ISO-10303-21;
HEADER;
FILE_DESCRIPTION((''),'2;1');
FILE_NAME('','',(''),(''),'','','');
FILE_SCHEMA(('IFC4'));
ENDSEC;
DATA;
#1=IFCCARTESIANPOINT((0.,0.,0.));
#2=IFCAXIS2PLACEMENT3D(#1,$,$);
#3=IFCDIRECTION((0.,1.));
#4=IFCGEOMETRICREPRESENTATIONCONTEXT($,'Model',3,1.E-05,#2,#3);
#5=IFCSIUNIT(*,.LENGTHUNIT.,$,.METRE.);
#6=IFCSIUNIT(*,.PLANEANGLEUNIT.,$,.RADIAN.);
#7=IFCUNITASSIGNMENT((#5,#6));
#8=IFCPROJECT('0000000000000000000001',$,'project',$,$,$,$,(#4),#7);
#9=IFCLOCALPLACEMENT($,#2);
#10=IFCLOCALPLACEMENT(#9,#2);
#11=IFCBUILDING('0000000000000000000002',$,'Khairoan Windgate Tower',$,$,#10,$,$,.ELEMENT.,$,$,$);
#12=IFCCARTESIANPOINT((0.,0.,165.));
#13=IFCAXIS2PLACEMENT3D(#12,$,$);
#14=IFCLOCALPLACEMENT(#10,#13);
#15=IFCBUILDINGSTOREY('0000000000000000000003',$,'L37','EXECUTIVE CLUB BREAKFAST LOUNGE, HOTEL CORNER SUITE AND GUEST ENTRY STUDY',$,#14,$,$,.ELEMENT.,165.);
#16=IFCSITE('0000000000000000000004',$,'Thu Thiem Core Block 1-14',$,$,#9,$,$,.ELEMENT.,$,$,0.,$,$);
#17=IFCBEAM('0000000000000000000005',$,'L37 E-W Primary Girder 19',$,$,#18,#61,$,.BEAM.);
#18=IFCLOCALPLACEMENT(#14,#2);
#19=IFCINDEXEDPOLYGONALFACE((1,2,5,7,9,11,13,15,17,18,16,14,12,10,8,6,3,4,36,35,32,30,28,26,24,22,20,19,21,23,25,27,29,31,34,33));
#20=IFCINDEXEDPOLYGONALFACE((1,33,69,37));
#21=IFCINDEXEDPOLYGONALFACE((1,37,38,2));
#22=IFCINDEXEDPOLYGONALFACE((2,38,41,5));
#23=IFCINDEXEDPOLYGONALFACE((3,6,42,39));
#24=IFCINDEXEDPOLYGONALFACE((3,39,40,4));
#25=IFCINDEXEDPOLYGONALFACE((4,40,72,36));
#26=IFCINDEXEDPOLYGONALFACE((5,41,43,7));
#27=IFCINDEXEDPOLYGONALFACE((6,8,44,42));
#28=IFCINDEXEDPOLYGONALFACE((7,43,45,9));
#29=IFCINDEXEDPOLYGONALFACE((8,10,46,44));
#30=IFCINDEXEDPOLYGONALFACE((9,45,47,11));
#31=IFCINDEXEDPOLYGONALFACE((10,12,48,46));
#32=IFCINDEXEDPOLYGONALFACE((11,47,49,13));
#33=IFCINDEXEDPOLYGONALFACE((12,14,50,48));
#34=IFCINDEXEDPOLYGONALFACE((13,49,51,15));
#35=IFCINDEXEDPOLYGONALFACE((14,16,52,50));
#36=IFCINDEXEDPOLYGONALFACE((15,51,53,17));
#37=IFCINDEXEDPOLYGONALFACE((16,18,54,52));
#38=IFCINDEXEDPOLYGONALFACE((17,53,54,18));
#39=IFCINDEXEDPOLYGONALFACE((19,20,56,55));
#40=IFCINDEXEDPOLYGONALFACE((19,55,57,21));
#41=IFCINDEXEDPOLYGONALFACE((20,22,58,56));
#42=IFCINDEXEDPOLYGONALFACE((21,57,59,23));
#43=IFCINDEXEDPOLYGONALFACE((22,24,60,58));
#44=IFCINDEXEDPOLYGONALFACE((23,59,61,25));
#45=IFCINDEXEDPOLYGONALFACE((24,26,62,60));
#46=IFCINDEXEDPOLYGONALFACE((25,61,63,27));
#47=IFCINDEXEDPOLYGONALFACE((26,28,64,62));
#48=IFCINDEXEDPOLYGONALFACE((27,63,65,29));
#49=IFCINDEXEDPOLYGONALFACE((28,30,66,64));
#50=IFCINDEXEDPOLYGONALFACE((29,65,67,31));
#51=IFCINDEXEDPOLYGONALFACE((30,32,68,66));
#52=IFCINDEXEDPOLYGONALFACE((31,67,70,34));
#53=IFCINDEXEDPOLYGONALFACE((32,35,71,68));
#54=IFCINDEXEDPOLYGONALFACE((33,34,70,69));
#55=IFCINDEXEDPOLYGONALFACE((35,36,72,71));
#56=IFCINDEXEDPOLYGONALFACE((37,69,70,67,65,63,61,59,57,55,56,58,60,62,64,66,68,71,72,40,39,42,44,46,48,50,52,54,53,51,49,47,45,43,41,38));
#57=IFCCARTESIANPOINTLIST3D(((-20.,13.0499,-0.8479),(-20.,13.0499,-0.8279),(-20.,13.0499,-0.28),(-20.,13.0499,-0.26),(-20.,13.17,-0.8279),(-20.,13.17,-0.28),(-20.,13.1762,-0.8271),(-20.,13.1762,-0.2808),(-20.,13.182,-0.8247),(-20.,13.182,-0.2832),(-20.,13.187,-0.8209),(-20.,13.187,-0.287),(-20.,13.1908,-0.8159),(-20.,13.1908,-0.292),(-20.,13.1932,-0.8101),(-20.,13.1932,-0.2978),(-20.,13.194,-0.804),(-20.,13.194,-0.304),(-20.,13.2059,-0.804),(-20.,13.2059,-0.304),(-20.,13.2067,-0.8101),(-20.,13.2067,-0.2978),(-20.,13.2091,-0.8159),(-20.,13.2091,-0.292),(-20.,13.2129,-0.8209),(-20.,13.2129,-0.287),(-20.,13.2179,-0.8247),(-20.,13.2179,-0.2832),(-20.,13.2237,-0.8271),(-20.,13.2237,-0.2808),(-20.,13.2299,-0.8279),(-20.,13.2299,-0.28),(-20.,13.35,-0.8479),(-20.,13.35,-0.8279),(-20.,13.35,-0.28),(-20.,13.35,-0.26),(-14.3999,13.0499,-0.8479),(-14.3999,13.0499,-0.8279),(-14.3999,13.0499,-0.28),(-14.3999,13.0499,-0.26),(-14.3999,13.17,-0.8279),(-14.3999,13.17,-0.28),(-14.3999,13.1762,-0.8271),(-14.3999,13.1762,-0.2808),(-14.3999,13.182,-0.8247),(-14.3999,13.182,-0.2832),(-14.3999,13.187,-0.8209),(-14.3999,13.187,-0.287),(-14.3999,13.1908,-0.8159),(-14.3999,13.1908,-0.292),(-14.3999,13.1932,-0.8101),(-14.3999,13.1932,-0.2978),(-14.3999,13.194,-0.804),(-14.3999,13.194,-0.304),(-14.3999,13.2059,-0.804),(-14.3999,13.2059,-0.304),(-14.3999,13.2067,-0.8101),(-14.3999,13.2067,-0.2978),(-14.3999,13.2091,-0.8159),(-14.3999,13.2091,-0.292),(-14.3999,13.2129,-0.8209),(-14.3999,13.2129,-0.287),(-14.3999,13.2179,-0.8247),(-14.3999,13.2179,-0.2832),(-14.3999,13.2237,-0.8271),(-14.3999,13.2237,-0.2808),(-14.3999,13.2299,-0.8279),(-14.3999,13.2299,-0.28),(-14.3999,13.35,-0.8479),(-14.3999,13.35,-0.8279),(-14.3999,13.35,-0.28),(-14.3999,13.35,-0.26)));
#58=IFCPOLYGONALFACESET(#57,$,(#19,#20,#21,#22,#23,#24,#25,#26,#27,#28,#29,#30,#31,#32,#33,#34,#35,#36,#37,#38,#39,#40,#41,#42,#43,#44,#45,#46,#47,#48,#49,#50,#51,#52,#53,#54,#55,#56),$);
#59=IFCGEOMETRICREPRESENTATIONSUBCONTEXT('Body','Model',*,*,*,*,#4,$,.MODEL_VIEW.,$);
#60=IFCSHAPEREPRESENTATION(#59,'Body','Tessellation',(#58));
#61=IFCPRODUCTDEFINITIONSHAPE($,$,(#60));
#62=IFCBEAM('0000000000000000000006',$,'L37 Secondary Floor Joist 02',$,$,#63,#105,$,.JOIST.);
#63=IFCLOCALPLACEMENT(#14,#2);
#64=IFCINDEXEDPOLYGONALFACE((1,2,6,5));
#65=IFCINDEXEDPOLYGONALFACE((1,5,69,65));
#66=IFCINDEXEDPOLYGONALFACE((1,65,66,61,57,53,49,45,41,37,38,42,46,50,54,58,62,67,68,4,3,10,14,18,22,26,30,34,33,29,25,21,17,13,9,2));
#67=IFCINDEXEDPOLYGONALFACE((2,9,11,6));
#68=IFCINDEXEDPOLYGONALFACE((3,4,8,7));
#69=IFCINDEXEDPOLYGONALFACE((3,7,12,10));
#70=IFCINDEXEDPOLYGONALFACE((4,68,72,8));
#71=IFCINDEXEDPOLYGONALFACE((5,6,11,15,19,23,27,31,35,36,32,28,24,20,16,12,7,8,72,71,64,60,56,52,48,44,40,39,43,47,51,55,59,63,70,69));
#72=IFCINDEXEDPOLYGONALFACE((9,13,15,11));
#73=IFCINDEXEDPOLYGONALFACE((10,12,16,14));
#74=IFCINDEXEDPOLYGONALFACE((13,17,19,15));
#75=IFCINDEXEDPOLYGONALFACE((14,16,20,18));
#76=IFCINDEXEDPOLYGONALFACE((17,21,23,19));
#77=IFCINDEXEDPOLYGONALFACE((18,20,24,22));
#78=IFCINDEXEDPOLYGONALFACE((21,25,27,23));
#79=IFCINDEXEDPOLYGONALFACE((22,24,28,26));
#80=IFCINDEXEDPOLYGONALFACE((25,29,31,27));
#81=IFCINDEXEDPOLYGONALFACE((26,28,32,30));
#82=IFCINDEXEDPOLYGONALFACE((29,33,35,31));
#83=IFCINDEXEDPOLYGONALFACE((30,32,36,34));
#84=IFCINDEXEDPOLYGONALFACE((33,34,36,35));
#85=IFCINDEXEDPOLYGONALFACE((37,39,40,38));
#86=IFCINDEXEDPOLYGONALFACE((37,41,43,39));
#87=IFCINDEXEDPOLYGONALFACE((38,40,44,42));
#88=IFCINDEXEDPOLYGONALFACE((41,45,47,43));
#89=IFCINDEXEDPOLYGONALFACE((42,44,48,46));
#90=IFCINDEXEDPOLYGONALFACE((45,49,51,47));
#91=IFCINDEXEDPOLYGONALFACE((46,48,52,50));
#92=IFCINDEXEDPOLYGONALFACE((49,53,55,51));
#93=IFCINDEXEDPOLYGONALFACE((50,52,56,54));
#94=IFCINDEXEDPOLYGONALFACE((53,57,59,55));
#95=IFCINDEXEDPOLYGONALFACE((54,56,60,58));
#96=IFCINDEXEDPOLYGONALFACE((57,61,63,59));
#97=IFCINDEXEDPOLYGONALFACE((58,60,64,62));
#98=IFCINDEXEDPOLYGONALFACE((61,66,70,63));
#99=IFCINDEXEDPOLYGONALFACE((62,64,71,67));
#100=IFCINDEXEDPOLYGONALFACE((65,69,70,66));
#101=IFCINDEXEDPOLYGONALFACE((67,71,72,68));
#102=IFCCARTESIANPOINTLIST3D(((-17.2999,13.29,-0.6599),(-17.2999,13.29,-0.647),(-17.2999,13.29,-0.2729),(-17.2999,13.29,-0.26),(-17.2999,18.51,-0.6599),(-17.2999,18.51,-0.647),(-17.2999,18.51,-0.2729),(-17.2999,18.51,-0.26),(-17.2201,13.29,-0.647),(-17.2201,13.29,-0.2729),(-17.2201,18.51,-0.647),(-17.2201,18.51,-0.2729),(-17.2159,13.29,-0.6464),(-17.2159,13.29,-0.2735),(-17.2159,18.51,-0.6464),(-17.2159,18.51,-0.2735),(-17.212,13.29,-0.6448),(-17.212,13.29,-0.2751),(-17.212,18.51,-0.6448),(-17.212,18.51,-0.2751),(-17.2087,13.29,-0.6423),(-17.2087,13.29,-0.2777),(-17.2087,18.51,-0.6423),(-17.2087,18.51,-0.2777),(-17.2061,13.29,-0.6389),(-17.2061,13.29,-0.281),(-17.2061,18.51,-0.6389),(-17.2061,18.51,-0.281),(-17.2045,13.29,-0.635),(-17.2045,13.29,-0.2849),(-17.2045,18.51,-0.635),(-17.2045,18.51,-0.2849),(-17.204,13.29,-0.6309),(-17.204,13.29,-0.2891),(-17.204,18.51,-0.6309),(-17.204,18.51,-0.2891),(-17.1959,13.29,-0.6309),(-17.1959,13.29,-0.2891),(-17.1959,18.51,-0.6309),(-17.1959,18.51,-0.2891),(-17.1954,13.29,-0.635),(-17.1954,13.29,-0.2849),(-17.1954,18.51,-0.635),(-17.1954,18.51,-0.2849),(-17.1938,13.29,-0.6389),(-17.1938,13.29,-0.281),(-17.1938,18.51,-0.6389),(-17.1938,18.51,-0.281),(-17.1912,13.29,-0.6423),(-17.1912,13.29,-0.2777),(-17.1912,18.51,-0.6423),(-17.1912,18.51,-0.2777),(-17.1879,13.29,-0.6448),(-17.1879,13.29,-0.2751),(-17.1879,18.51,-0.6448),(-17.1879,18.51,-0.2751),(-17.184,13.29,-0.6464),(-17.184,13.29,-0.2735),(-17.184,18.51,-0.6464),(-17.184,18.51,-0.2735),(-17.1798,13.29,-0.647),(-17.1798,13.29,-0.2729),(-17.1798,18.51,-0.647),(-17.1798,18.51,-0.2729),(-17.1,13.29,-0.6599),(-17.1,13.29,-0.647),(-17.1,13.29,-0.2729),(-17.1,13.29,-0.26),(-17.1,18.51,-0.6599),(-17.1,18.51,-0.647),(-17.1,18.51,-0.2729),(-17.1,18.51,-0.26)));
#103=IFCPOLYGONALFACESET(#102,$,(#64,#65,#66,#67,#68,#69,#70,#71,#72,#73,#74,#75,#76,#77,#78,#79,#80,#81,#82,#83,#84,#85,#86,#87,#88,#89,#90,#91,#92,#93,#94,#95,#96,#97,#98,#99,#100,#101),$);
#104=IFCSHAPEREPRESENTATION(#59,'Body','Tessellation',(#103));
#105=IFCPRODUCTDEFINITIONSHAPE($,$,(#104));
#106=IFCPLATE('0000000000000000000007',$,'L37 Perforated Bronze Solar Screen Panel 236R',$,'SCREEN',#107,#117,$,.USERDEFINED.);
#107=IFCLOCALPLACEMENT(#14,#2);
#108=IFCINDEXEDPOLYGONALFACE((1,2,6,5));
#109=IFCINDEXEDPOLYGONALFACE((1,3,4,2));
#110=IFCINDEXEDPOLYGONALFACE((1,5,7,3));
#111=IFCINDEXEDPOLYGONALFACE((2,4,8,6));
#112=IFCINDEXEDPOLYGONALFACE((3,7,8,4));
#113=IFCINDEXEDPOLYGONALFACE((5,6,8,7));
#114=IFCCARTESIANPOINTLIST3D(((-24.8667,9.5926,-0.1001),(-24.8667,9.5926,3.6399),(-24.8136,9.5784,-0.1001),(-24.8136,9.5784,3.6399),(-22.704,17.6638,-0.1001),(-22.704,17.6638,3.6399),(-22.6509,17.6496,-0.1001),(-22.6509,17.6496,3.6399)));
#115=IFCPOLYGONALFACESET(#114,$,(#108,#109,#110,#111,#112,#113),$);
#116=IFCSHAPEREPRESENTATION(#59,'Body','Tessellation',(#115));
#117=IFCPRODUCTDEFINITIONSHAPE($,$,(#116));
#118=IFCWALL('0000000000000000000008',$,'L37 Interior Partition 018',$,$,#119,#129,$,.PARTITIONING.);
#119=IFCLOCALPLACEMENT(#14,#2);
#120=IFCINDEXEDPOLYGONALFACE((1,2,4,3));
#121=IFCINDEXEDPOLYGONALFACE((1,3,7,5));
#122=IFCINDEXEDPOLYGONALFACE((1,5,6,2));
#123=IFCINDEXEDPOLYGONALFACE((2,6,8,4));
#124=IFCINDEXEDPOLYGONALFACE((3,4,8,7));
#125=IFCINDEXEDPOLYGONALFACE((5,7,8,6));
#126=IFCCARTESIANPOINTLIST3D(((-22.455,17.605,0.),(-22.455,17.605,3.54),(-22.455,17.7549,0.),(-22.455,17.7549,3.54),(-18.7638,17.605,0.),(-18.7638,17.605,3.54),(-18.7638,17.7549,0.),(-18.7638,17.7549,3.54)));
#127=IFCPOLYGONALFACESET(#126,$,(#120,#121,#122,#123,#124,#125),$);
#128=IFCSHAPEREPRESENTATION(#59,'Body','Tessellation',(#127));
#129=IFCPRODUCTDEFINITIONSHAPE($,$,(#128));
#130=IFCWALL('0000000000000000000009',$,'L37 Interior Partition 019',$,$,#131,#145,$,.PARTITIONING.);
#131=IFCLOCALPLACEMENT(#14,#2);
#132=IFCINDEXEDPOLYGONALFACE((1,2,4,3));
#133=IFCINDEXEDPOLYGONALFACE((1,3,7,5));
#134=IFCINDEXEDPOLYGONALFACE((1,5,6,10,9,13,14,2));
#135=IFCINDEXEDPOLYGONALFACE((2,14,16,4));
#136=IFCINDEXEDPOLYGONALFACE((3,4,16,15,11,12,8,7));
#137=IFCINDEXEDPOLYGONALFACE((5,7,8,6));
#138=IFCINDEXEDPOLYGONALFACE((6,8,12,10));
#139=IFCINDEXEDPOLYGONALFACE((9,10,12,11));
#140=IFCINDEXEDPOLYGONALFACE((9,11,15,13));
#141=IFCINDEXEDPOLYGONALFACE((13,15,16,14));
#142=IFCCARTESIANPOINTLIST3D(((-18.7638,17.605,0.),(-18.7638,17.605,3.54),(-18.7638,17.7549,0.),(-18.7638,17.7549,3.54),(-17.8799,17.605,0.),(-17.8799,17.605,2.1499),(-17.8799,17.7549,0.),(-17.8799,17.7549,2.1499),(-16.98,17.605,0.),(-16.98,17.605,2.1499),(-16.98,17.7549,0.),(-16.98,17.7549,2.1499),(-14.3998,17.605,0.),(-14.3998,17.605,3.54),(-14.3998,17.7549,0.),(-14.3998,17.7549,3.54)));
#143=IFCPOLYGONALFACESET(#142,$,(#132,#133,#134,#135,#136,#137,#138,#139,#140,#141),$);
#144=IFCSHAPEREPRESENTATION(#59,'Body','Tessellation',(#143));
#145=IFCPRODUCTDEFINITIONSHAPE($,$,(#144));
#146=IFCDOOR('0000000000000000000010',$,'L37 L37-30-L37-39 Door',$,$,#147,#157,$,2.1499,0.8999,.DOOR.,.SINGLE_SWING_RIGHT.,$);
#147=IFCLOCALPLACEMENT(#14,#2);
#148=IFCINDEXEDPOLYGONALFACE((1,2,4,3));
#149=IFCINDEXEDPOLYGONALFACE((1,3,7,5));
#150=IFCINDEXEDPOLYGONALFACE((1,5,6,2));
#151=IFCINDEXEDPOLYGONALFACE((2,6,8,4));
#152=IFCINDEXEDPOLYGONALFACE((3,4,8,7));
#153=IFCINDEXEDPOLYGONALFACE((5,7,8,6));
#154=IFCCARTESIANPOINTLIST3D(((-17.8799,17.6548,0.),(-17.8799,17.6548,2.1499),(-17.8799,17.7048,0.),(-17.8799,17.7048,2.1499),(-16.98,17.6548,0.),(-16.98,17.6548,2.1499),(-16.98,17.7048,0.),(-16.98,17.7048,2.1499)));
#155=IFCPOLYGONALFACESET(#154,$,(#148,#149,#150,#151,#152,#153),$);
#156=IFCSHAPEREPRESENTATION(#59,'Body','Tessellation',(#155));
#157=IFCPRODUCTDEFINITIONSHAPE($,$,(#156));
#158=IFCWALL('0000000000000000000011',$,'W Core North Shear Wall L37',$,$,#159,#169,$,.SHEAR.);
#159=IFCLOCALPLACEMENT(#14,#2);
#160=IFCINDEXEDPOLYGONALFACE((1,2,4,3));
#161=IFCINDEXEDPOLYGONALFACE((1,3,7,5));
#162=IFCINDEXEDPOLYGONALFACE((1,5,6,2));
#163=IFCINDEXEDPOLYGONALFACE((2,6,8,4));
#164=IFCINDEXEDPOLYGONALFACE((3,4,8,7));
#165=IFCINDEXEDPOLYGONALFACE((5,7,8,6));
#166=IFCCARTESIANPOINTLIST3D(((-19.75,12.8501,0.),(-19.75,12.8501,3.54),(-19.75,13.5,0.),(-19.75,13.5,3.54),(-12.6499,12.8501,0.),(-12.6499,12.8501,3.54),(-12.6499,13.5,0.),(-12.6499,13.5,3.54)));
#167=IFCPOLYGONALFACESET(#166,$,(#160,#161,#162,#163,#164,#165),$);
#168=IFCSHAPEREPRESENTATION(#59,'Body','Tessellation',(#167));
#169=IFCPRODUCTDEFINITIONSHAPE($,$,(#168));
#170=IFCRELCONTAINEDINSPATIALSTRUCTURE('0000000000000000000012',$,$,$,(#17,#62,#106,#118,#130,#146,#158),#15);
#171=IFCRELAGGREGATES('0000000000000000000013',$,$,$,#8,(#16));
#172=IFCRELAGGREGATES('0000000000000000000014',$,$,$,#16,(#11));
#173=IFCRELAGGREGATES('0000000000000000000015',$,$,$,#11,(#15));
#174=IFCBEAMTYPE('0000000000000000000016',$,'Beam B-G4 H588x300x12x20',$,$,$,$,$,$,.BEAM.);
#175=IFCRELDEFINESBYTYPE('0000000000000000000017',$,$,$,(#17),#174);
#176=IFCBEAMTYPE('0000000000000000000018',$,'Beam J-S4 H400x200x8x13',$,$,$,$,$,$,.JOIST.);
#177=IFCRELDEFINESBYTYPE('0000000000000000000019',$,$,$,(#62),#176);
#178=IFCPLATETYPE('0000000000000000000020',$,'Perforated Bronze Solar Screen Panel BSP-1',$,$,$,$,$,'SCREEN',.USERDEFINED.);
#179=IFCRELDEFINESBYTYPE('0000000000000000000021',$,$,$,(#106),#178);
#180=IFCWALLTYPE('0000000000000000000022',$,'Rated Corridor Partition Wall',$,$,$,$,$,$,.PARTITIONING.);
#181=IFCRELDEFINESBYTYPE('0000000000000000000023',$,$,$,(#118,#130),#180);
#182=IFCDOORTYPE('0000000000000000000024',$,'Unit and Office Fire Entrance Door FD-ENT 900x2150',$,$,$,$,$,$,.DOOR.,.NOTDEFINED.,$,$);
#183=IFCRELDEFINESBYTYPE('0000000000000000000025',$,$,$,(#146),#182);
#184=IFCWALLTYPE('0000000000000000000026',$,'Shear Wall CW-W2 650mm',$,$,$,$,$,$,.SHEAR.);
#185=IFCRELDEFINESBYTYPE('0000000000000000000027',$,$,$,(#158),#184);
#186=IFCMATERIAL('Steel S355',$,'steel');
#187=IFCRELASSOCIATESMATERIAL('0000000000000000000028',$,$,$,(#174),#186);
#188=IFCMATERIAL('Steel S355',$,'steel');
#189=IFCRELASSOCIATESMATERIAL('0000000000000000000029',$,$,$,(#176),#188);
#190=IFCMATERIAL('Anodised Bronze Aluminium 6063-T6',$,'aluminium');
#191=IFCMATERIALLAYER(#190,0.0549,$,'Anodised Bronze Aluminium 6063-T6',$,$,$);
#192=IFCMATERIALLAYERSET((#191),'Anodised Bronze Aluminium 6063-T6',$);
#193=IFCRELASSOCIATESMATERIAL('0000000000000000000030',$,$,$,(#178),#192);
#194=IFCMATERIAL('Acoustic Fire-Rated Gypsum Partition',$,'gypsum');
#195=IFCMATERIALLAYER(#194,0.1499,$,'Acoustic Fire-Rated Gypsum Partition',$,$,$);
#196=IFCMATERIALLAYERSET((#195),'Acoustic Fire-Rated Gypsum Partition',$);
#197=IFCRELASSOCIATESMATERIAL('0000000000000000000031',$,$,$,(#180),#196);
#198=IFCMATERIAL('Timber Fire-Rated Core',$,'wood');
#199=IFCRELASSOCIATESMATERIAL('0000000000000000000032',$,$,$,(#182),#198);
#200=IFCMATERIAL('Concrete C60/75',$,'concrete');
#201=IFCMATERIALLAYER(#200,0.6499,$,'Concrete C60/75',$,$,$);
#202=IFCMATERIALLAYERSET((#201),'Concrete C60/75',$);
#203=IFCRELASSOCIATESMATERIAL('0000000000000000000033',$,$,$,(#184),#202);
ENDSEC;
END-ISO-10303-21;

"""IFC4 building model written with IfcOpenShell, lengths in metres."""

from ifc_helpers import new_model, si_unit, direction, frame, frame_2d, origin, origin_2d, place, context, subcontext, project, spatial, rectangle, i_section, extrude, material, layer, layer_set, material_profile, profile_set, type_object, element, fill, save


model = new_model("IFC4")

# Units and contexts
model_context = context("Model", 3, precision=1e-05, world=origin(), true_north=direction((0.0, 1.0)))
body_context = subcontext(model_context, "Body", "Model", "MODEL_VIEW")
ifc_project = project(units=[si_unit("LENGTHUNIT", "METRE"), si_unit("PLANEANGLEUNIT", "RADIAN")], contexts=[model_context])

# Site, building, storey
site_placement = place(None, origin())
site = spatial("IfcSite", under=ifc_project, at=site_placement, Name="Thu Thiem Core Block 1-14", CompositionType="ELEMENT", RefElevation=0.0)
building_placement = place(site_placement, origin())
building = spatial("IfcBuilding", under=site, at=building_placement, Name="Khairoan Windgate Tower", CompositionType="ELEMENT")
storey_placement = place(building_placement, frame((0.0, 0.0, 165.0)))
storey = spatial("IfcBuildingStorey", under=building, at=storey_placement, Name="L37", Description="EXECUTIVE CLUB BREAKFAST LOUNGE, HOTEL CORNER SUITE AND GUEST ENTRY STUDY", CompositionType="ELEMENT", Elevation=165.0)

# Beams
ifc_material_1 = material(Name="Steel S355", Category="steel")
ifc_material_profile_1 = material_profile(ifc_material_1, i_section(OverallWidth=0.3, OverallDepth=0.5879, WebThickness=0.012, FlangeThickness=0.02, FilletRadius=0.0239, at=origin_2d()))
ifc_profile_set_1 = profile_set([ifc_material_profile_1], Name="Steel S355")
beam_type_1 = type_object("IfcBeamType", Name="Beam B-G4 H588x300x12x20", PredefinedType="BEAM", material=ifc_profile_set_1)
beam_1_placement = place(storey_placement, frame((-20.0, 13.2, -0.554), z_axis=(1.0, 0.0, 0.0), x_axis=(0.0, 1.0, 0.0)))
element("IfcBeam", 1, at=beam_1_placement, inside=storey, type_object=beam_type_1, Name="L37 E-W Primary Girder 19", PredefinedType="BEAM", context=body_context, shape_type="SweptSolid", body=[
    extrude(i_section(OverallWidth=0.3, OverallDepth=0.5879, WebThickness=0.012, FlangeThickness=0.02, FilletRadius=0.0239, at=origin_2d()), origin(), (0.0, 0.0, 1.0), 5.6001),
])
ifc_material_2 = material(Name="Steel S355", Category="steel")
ifc_material_profile_2 = material_profile(ifc_material_2, i_section(OverallWidth=0.2, OverallDepth=0.3999, WebThickness=0.0081, FlangeThickness=0.0129, FilletRadius=0.0161, at=origin_2d()))
ifc_profile_set_2 = profile_set([ifc_material_profile_2], Name="Steel S355")
beam_type_2 = type_object("IfcBeamType", Name="Beam J-S4 H400x200x8x13", PredefinedType="JOIST", material=ifc_profile_set_2)
beam_2_placement = place(storey_placement, frame((-17.2, 13.29, -0.46), z_axis=(0.0, 1.0, 0.0), x_axis=(-1.0, 0.0, 0.0)))
element("IfcBeam", 2, at=beam_2_placement, inside=storey, type_object=beam_type_2, Name="L37 Secondary Floor Joist 02", PredefinedType="JOIST", context=body_context, shape_type="SweptSolid", body=[
    extrude(i_section(OverallWidth=0.2, OverallDepth=0.3999, WebThickness=0.0081, FlangeThickness=0.0129, FilletRadius=0.0161, at=origin_2d()), origin(), (0.0, 0.0, 1.0), 5.22),
])

# Plate
ifc_material_3 = material(Name="Anodised Bronze Aluminium 6063-T6", Category="aluminium")
ifc_layer_1 = layer(ifc_material_3, 0.0549, Name="Anodised Bronze Aluminium 6063-T6")
ifc_layer_set_1 = layer_set([ifc_layer_1], Name="Anodised Bronze Aluminium 6063-T6")
plate_type = type_object("IfcPlateType", Name="Perforated Bronze Solar Screen Panel BSP-1", ElementType="SCREEN", PredefinedType="USERDEFINED", material=ifc_layer_set_1)
plate_placement = place(storey_placement, frame((-23.7588, 13.6211, -0.1001), z_axis=(0.0, 0.0, 1.0), x_axis=(0.258819, 0.965926, 0.0)))
element("IfcPlate", 3, at=plate_placement, inside=storey, type_object=plate_type, Name="L37 Perforated Bronze Solar Screen Panel 236R", ObjectType="SCREEN", PredefinedType="USERDEFINED", context=body_context, shape_type="SweptSolid", body=[
    extrude(rectangle(XDim=8.356, YDim=0.0549, at=origin_2d()), origin(), (0.0, 0.0, 1.0), 3.74),
])

# Wall
ifc_material_4 = material(Name="Acoustic Fire-Rated Gypsum Partition", Category="gypsum")
ifc_layer_2 = layer(ifc_material_4, 0.1499, Name="Acoustic Fire-Rated Gypsum Partition")
ifc_layer_set_2 = layer_set([ifc_layer_2], Name="Acoustic Fire-Rated Gypsum Partition")
wall_type_1 = type_object("IfcWallType", Name="Rated Corridor Partition Wall", PredefinedType="PARTITIONING", material=ifc_layer_set_2)
wall_1_placement = place(storey_placement, frame((-22.4551, 17.6799, 0.0), z_axis=(0.0, 0.0, 1.0), x_axis=(1.0, 0.0, 0.0)))
element("IfcWall", 4, at=wall_1_placement, inside=storey, type_object=wall_type_1, Name="L37 Interior Partition 018", PredefinedType="PARTITIONING", context=body_context, shape_type="SweptSolid", body=[
    extrude(rectangle(XDim=3.6912, YDim=0.1499, at=frame_2d((1.8457, 0.0))), origin(), (0.0, 0.0, 1.0), 3.54),
])

# Wall, opening, door
wall_2_placement = place(storey_placement, frame((-18.7639, 17.6799, 0.0), z_axis=(0.0, 0.0, 1.0), x_axis=(1.0, 0.0, 0.0)))
wall_2 = element("IfcWall", 5, at=wall_2_placement, inside=storey, type_object=wall_type_1, Name="L37 Interior Partition 019", PredefinedType="PARTITIONING", context=body_context, shape_type="SweptSolid", body=[
    extrude(rectangle(XDim=4.364, YDim=0.1499, at=frame_2d((2.1821, 0.0))), origin(), (0.0, 0.0, 1.0), 3.54),
])
opening_1_placement = place(wall_2_placement, frame((0.884, 0.0, 0.0)))
opening_1 = element("IfcOpeningElement", 6, at=opening_1_placement, cuts=wall_2, PredefinedType="OPENING", context=body_context, shape_type="SweptSolid", body=[
    extrude(rectangle(XDim=0.8999, YDim=2.1499, at=frame_2d((0.45, 1.075))), frame((0.0, 0.085, 0.0), z_axis=(0.0, -1.0, 0.0), x_axis=(1.0, 0.0, 0.0)), (0.0, 0.0, 1.0), 0.1699),
])
ifc_material_5 = material(Name="Timber Fire-Rated Core", Category="wood")
door_type = type_object("IfcDoorType", Name="Unit and Office Fire Entrance Door FD-ENT 900x2150", OperationType="NOTDEFINED", PredefinedType="DOOR", material=ifc_material_5)
door_1_placement = place(opening_1_placement, origin())
door_1 = element("IfcDoor", 7, at=door_1_placement, inside=storey, type_object=door_type, Name="L37 L37-30-L37-39 Door", OperationType="SINGLE_SWING_RIGHT", OverallHeight=2.1499, OverallWidth=0.8999, PredefinedType="DOOR", context=body_context, shape_type="SweptSolid", body=[
    extrude(rectangle(XDim=0.8999, YDim=2.1499, at=frame_2d((0.45, 1.075))), frame((0.0, 0.0249, 0.0), z_axis=(0.0, -1.0, 0.0), x_axis=(1.0, 0.0, 0.0)), (0.0, 0.0, 1.0), 0.05),
])
fill(opening_1, door_1)

# Wall
ifc_material_6 = material(Name="Concrete C60/75", Category="concrete")
ifc_layer_3 = layer(ifc_material_6, 0.6499, Name="Concrete C60/75")
ifc_layer_set_3 = layer_set([ifc_layer_3], Name="Concrete C60/75")
wall_type_2 = type_object("IfcWallType", Name="Shear Wall CW-W2 650mm", PredefinedType="SHEAR", material=ifc_layer_set_3)
wall_3_placement = place(storey_placement, frame((-19.75, 13.175, 0.0), z_axis=(0.0, 0.0, 1.0), x_axis=(1.0, 0.0, 0.0)))
element("IfcWall", 8, at=wall_3_placement, inside=storey, type_object=wall_type_2, Name="W Core North Shear Wall L37", PredefinedType="SHEAR", context=body_context, shape_type="SweptSolid", body=[
    extrude(rectangle(XDim=7.1001, YDim=0.6499, at=frame_2d((3.55, 0.0))), origin(), (0.0, 0.0, 1.0), 3.54),
])

save(model, "model.ifc")
